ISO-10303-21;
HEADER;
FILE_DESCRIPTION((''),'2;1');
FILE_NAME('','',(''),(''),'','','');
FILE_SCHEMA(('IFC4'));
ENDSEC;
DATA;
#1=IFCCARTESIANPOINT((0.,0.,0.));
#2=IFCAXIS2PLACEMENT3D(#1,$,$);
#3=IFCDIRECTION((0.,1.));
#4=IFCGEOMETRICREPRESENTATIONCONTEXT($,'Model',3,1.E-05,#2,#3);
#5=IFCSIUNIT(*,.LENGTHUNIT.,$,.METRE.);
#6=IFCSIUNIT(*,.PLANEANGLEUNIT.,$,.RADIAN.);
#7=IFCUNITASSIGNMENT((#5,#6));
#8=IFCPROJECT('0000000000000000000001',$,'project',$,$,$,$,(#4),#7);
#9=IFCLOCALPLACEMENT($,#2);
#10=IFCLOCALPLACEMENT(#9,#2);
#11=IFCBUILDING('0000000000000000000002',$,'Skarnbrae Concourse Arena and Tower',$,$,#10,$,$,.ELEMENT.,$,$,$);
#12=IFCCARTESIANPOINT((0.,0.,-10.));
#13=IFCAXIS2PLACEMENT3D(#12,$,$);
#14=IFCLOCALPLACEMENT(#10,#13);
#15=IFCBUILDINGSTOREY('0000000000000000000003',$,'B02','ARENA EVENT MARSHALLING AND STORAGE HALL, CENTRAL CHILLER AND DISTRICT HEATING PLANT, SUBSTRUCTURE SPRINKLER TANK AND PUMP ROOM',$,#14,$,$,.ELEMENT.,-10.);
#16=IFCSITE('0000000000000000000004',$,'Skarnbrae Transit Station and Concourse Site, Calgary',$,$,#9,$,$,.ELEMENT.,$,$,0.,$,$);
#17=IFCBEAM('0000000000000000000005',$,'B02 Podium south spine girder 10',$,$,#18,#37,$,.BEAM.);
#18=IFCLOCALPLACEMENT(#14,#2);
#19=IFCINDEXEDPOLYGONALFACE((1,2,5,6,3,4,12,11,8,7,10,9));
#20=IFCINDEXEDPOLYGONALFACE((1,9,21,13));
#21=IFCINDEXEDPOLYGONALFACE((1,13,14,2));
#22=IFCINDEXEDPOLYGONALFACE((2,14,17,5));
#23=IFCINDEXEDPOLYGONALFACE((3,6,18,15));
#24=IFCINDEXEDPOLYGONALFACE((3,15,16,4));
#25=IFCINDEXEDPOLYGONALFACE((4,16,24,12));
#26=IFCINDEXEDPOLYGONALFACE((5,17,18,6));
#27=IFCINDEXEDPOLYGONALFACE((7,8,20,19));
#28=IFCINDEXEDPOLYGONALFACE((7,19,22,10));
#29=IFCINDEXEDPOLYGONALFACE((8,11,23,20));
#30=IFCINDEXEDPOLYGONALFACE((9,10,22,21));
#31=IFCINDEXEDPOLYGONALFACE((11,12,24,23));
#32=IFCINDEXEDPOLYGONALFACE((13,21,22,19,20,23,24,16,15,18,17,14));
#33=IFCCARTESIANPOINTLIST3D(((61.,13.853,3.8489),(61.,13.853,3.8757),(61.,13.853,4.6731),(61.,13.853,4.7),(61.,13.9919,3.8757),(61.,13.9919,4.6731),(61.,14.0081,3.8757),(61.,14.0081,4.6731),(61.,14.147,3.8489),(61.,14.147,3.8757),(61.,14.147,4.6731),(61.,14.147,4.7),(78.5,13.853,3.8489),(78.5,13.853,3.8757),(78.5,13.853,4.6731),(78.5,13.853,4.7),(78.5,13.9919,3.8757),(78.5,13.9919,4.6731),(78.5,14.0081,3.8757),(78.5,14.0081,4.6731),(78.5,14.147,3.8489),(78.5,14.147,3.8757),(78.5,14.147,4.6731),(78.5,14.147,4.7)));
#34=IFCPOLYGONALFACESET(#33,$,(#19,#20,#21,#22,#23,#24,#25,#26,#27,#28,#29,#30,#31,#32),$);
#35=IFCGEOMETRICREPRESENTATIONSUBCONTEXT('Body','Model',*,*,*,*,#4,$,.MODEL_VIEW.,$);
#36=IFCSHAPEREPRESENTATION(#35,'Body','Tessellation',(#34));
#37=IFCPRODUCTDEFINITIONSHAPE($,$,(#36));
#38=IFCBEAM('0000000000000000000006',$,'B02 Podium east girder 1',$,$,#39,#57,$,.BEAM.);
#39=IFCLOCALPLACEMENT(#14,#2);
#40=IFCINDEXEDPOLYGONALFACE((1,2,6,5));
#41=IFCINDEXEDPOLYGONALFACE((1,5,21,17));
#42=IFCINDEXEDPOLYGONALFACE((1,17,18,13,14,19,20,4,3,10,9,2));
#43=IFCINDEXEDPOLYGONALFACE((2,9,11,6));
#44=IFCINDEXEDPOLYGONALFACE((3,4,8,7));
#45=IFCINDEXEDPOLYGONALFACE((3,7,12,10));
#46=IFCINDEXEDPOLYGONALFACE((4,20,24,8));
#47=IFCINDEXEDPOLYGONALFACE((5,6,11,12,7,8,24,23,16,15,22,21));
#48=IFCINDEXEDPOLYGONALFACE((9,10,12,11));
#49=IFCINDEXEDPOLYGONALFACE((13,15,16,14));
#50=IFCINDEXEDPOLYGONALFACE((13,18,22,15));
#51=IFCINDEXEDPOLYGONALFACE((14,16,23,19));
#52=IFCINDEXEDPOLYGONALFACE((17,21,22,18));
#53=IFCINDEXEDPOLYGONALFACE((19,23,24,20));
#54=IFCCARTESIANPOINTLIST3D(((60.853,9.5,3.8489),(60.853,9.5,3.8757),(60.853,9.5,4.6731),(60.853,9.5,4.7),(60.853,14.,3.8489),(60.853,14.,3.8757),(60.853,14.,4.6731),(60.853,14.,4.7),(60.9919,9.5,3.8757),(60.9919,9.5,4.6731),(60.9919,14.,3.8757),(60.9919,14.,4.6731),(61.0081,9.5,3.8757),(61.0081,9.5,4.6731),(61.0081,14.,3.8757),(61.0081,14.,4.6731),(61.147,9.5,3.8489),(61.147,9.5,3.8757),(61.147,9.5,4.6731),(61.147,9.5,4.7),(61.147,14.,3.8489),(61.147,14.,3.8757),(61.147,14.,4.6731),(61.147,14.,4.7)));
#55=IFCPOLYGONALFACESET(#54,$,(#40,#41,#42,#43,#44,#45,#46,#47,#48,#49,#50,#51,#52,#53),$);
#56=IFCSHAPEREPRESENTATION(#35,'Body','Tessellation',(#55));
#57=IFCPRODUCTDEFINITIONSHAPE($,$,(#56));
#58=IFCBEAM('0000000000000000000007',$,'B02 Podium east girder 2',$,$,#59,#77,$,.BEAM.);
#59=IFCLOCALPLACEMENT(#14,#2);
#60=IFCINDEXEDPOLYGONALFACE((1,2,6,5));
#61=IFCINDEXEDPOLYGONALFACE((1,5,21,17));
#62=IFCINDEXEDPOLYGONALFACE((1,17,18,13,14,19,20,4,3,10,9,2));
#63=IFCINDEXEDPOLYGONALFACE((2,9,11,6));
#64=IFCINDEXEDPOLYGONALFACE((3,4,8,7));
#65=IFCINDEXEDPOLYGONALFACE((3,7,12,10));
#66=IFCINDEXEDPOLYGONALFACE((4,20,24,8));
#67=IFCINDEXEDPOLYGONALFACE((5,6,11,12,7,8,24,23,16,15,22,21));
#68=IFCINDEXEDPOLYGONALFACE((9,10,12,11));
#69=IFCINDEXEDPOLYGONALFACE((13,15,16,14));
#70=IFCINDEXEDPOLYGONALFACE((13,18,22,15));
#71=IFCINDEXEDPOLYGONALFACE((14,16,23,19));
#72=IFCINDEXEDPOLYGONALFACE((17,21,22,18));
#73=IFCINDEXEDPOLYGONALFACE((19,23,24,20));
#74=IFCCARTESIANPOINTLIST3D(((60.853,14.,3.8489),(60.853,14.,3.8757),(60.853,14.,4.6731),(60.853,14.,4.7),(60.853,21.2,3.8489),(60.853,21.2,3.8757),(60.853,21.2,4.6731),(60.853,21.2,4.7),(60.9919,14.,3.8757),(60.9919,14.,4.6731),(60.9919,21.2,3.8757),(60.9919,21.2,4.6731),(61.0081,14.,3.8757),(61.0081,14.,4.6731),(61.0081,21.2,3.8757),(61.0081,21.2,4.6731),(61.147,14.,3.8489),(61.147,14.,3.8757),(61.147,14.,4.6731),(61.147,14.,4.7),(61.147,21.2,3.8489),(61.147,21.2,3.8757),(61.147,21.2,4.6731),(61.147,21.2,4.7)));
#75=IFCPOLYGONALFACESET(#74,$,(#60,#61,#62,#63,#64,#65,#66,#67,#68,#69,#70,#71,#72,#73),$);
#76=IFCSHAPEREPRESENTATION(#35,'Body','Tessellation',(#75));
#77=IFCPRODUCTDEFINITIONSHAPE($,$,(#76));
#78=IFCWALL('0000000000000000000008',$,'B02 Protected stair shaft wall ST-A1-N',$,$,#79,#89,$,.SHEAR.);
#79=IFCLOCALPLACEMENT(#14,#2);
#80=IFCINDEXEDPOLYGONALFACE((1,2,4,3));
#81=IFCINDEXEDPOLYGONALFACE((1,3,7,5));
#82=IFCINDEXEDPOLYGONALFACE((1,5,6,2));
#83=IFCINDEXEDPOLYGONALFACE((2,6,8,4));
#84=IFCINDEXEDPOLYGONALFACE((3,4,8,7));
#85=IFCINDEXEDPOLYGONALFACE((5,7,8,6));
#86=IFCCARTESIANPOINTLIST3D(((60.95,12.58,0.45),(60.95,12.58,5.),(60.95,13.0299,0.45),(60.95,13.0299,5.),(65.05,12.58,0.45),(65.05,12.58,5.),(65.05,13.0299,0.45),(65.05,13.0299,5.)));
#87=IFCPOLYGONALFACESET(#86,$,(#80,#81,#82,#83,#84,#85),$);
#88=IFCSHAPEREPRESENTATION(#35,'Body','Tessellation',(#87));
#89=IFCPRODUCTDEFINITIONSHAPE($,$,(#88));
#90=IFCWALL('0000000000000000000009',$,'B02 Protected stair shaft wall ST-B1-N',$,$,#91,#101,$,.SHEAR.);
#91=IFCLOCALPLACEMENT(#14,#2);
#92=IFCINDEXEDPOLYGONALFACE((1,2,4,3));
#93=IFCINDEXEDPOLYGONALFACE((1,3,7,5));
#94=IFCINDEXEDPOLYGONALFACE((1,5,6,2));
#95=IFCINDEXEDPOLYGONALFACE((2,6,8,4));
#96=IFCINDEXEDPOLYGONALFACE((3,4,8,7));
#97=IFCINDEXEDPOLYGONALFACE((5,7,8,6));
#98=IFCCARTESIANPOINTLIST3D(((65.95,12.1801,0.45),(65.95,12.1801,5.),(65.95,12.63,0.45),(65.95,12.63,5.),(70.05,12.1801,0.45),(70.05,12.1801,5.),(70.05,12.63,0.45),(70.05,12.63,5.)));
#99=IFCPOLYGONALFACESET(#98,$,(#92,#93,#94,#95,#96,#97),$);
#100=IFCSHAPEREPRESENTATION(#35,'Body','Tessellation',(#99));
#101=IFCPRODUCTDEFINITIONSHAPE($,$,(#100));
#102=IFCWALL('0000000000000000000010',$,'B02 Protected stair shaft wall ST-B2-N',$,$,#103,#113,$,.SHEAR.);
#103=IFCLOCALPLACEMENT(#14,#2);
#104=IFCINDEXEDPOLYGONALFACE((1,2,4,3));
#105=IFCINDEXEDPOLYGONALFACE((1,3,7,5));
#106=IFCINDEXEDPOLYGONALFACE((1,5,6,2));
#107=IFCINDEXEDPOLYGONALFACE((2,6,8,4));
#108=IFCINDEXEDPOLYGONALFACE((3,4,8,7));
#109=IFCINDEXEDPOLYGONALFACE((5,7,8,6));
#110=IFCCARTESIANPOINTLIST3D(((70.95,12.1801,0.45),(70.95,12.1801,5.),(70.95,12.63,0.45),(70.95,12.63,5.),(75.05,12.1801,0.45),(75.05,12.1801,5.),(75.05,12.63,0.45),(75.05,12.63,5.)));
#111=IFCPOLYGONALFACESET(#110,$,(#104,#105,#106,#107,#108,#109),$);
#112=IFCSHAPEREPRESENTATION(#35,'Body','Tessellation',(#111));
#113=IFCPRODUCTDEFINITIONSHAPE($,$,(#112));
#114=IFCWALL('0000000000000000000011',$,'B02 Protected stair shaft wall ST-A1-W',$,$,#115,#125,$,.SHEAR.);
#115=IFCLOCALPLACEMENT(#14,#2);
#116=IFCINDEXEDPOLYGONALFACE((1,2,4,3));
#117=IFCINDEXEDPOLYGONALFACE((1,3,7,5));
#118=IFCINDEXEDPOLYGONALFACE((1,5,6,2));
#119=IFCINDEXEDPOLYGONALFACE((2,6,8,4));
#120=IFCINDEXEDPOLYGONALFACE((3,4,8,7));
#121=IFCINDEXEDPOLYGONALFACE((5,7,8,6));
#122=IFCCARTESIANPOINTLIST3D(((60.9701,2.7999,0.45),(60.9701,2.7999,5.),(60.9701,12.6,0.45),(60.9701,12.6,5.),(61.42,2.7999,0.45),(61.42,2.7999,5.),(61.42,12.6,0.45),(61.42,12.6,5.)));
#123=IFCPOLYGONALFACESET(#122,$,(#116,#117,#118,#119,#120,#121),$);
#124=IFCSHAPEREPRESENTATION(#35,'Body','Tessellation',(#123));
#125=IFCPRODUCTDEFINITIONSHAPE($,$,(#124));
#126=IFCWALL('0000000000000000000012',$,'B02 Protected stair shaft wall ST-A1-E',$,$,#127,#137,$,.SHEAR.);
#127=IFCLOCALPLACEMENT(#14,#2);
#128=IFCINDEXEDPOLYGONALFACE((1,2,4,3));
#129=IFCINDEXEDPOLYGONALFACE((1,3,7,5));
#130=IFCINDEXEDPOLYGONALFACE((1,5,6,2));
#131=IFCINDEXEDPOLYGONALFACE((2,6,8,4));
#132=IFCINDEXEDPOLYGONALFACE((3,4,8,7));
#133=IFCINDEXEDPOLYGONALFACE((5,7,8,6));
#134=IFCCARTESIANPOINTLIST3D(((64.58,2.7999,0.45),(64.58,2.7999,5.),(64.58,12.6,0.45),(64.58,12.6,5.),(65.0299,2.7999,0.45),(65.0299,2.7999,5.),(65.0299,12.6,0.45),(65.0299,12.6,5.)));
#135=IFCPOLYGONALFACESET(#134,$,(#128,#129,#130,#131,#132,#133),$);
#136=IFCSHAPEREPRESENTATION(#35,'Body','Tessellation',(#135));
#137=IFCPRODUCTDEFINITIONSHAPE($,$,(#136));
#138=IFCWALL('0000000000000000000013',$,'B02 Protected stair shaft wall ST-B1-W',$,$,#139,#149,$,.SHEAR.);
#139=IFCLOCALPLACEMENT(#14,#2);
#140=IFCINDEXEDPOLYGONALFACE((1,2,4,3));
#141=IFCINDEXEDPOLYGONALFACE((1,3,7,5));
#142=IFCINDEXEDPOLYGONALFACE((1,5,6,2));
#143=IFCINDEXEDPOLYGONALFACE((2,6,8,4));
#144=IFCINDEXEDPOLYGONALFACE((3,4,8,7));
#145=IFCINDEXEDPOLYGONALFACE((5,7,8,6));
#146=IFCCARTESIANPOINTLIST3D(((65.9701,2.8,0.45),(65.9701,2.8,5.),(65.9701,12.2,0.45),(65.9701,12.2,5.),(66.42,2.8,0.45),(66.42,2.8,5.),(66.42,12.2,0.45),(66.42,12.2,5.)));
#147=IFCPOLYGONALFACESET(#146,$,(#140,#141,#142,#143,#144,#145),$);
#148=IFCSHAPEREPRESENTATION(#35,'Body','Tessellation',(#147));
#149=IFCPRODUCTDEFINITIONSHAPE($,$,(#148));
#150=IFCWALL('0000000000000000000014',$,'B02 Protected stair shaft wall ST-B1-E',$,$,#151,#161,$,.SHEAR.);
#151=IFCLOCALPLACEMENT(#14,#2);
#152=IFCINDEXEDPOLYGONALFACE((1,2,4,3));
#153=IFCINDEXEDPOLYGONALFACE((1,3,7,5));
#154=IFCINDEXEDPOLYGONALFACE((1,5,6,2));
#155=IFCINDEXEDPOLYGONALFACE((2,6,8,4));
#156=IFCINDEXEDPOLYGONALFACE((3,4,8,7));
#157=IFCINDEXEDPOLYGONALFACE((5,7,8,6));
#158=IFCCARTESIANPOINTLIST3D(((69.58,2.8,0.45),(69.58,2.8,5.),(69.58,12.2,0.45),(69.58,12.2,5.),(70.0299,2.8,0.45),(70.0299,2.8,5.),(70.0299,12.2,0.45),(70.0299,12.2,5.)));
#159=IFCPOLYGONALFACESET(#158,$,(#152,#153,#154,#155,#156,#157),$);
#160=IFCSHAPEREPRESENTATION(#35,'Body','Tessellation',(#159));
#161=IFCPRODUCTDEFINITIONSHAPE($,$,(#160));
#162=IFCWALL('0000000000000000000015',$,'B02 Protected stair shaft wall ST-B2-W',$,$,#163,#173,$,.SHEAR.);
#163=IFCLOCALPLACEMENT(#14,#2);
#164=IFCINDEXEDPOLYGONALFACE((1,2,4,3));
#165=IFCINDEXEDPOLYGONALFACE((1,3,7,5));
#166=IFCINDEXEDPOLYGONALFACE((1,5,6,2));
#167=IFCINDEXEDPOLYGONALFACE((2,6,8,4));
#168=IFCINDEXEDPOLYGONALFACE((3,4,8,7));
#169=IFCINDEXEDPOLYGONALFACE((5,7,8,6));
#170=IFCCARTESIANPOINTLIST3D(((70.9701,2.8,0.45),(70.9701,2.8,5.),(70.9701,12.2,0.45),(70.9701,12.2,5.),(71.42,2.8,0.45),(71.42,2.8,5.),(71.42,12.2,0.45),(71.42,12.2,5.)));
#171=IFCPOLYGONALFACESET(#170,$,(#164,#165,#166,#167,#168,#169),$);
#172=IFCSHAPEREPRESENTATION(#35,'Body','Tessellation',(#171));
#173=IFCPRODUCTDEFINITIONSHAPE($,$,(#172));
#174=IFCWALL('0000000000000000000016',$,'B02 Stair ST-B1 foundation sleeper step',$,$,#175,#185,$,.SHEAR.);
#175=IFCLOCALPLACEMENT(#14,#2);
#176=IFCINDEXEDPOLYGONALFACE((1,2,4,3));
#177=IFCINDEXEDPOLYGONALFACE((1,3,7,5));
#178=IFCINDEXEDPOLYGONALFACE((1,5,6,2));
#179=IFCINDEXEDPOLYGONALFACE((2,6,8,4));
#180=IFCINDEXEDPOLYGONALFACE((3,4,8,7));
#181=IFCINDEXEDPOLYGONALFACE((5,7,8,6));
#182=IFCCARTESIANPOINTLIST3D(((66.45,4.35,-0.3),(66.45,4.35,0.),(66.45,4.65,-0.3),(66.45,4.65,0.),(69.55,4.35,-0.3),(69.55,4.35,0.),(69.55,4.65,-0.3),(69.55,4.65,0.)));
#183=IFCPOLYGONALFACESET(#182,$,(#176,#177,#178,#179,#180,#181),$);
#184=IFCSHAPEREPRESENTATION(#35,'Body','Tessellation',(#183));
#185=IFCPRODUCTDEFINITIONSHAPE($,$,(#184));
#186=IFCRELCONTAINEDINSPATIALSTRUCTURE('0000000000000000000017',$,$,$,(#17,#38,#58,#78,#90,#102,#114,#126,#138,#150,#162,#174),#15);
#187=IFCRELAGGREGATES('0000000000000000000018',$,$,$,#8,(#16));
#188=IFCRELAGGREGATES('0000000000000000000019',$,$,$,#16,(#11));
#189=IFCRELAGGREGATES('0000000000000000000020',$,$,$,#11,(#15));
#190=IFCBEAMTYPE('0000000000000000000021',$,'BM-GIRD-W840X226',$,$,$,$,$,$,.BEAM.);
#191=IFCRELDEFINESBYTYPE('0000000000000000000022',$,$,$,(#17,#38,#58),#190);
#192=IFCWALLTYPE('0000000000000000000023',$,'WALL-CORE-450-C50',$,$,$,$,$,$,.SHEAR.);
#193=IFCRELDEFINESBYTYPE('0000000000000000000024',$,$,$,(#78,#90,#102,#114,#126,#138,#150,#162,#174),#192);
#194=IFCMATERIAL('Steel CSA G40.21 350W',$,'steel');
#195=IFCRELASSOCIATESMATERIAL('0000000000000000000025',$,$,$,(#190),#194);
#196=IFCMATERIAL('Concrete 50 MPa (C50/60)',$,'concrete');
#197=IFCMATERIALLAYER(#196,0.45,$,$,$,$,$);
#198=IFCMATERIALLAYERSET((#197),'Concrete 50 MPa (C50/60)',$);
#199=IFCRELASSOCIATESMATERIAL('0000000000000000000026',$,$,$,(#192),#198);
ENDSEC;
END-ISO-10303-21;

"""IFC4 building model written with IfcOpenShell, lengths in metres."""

from ifc_helpers import new_model, si_unit, direction, frame, frame_2d, origin, origin_2d, place, context, subcontext, project, spatial, rectangle, i_section, extrude, source, transform, mapped, material, layer, layer_set, material_profile, profile_set, type_object, element, save


model = new_model("IFC4")

# Units and contexts
model_context = context("Model", 3, precision=1e-05, world=origin(), true_north=direction((0.0, 1.0)))
body_context = subcontext(model_context, "Body", "Model", "MODEL_VIEW")
ifc_project = project(units=[si_unit("LENGTHUNIT", "METRE"), si_unit("PLANEANGLEUNIT", "RADIAN")], contexts=[model_context])

# Site, building, storey
site_placement = place(None, origin())
site = spatial("IfcSite", under=ifc_project, at=site_placement, Name="Skarnbrae Transit Station and Concourse Site, Calgary", CompositionType="ELEMENT", RefElevation=0.0)
building_placement = place(site_placement, origin())
building = spatial("IfcBuilding", under=site, at=building_placement, Name="Skarnbrae Concourse Arena and Tower", CompositionType="ELEMENT")
storey_placement = place(building_placement, frame((0.0, 0.0, -10.0)))
storey = spatial("IfcBuildingStorey", under=building, at=storey_placement, Name="B02", Description="ARENA EVENT MARSHALLING AND STORAGE HALL, CENTRAL CHILLER AND DISTRICT HEATING PLANT, SUBSTRUCTURE SPRINKLER TANK AND PUMP ROOM", CompositionType="ELEMENT", Elevation=-10.0)

# Shared definitions
ifc_material_1 = material(Name="Concrete 50 MPa (C50/60)", Category="concrete")

# Shared definitions
ifc_material_2 = material(Name="Steel CSA G40.21 350W", Category="steel")

# Beams
ifc_material_profile_1 = material_profile(ifc_material_2, i_section(OverallWidth=0.2939, OverallDepth=0.8511, WebThickness=0.0161, FlangeThickness=0.0269, at=origin_2d()), Name="W840X226")
ifc_profile_set_1 = profile_set([ifc_material_profile_1], Name="Steel CSA G40.21 350W")
beam_type = type_object("IfcBeamType", Name="BM-GIRD-W840X226", PredefinedType="BEAM", material=ifc_profile_set_1)
shared_shape_1 = source(origin(), body_context, "Body", "SweptSolid", [
    extrude(i_section(OverallWidth=0.2939, OverallDepth=0.8511, WebThickness=0.0161, FlangeThickness=0.0269, at=origin_2d()), origin(), (0.0, 0.0, 1.0), 17.5),
])
beam_1_placement = place(storey_placement, frame((61.0, 14.0, 4.2744), z_axis=(1.0, 0.0, 0.0), x_axis=(0.0, 1.0, 0.0)))
element("IfcBeam", 1, at=beam_1_placement, inside=storey, type_object=beam_type, Name="B02 Podium south spine girder 10", PredefinedType="BEAM", context=body_context, shape_type="MappedRepresentation", body=[
    mapped(shared_shape_1, transform((0.0, 0.0, 0.0))),
])
shared_shape_2 = source(origin(), body_context, "Body", "SweptSolid", [
    extrude(i_section(OverallWidth=0.2939, OverallDepth=0.8511, WebThickness=0.0161, FlangeThickness=0.0269, at=origin_2d()), origin(), (0.0, 0.0, 1.0), 4.5),
])
beam_2_placement = place(storey_placement, frame((61.0, 9.5, 4.2744), z_axis=(0.0, 1.0, 0.0), x_axis=(-1.0, 0.0, 0.0)))
element("IfcBeam", 2, at=beam_2_placement, inside=storey, type_object=beam_type, Name="B02 Podium east girder 1", PredefinedType="BEAM", context=body_context, shape_type="MappedRepresentation", body=[
    mapped(shared_shape_2, transform((0.0, 0.0, 0.0))),
])
shared_shape_3 = source(origin(), body_context, "Body", "SweptSolid", [
    extrude(i_section(OverallWidth=0.2939, OverallDepth=0.8511, WebThickness=0.0161, FlangeThickness=0.0269, at=origin_2d()), origin(), (0.0, 0.0, 1.0), 7.2),
])
beam_3_placement = place(storey_placement, frame((61.0, 14.0, 4.2744), z_axis=(0.0, 1.0, 0.0), x_axis=(-1.0, 0.0, 0.0)))
element("IfcBeam", 3, at=beam_3_placement, inside=storey, type_object=beam_type, Name="B02 Podium east girder 2", PredefinedType="BEAM", context=body_context, shape_type="MappedRepresentation", body=[
    mapped(shared_shape_3, transform((0.0, 0.0, 0.0))),
])

# Wall
ifc_layer_1 = layer(ifc_material_1, 0.45)
ifc_layer_set_1 = layer_set([ifc_layer_1], Name="Concrete 50 MPa (C50/60)")
wall_type_1 = type_object("IfcWallType", Name="WALL-CORE-450-C50", PredefinedType="SHEAR", material=ifc_layer_set_1)
shared_shape_4 = source(origin(), body_context, "Body", "SweptSolid", [
    extrude(rectangle(XDim=4.1001, YDim=0.45, at=frame_2d((2.05, 0.0))), origin(), (0.0, 0.0, 1.0), 4.55),
])
wall_1_placement = place(storey_placement, frame((60.95, 12.8049, 0.45), z_axis=(0.0, 0.0, 1.0), x_axis=(1.0, 0.0, 0.0)))
element("IfcWall", 4, at=wall_1_placement, inside=storey, type_object=wall_type_1, Name="B02 Protected stair shaft wall ST-A1-N", PredefinedType="SHEAR", context=body_context, shape_type="MappedRepresentation", body=[
    mapped(shared_shape_4, transform((0.0, 0.0, 0.0))),
])

# Wall
wall_2_placement = place(storey_placement, frame((65.95, 12.405, 0.45), z_axis=(0.0, 0.0, 1.0), x_axis=(1.0, 0.0, 0.0)))
element("IfcWall", 5, at=wall_2_placement, inside=storey, type_object=wall_type_1, Name="B02 Protected stair shaft wall ST-B1-N", PredefinedType="SHEAR", context=body_context, shape_type="MappedRepresentation", body=[
    mapped(shared_shape_4, transform((0.0, 0.0, 0.0))),
])

# Walls
wall_3_placement = place(storey_placement, frame((70.95, 12.405, 0.45), z_axis=(0.0, 0.0, 1.0), x_axis=(1.0, 0.0, 0.0)))
element("IfcWall", 6, at=wall_3_placement, inside=storey, type_object=wall_type_1, Name="B02 Protected stair shaft wall ST-B2-N", PredefinedType="SHEAR", context=body_context, shape_type="MappedRepresentation", body=[
    mapped(shared_shape_4, transform((0.0, 0.0, 0.0))),
])
shared_shape_5 = source(origin(), body_context, "Body", "SweptSolid", [
    extrude(rectangle(XDim=9.8, YDim=0.45, at=frame_2d((4.8999, 0.0))), origin(), (0.0, 0.0, 1.0), 4.55),
])
for number, where, z_axis, x_axis, name in (
    (7, (61.1951, 2.8, 0.45), (0.0, 0.0, 1.0), (0.0, 1.0, 0.0), "B02 Protected stair shaft wall ST-A1-W"),
    (8, (64.8049, 2.8, 0.45), (0.0, 0.0, 1.0), (0.0, 1.0, 0.0), "B02 Protected stair shaft wall ST-A1-E"),
):
    element("IfcWall", number, at=place(storey_placement, frame(where, z_axis=z_axis, x_axis=x_axis)), inside=storey, type_object=wall_type_1, Name=name, PredefinedType="SHEAR", context=body_context, shape_type="MappedRepresentation", body=[
        mapped(shared_shape_5, transform((0.0, 0.0, 0.0))),
    ])
shared_shape_6 = source(origin(), body_context, "Body", "SweptSolid", [
    extrude(rectangle(XDim=9.3999, YDim=0.45, at=frame_2d((4.7, 0.0))), origin(), (0.0, 0.0, 1.0), 4.55),
])
for number, where, z_axis, x_axis, name in (
    (9, (66.1951, 2.8, 0.45), (0.0, 0.0, 1.0), (0.0, 1.0, 0.0), "B02 Protected stair shaft wall ST-B1-W"),
    (10, (69.8049, 2.8, 0.45), (0.0, 0.0, 1.0), (0.0, 1.0, 0.0), "B02 Protected stair shaft wall ST-B1-E"),
    (11, (71.1951, 2.8, 0.45), (0.0, 0.0, 1.0), (0.0, 1.0, 0.0), "B02 Protected stair shaft wall ST-B2-W"),
):
    element("IfcWall", number, at=place(storey_placement, frame(where, z_axis=z_axis, x_axis=x_axis)), inside=storey, type_object=wall_type_1, Name=name, PredefinedType="SHEAR", context=body_context, shape_type="MappedRepresentation", body=[
        mapped(shared_shape_6, transform((0.0, 0.0, 0.0))),
    ])
shared_shape_7 = source(origin(), body_context, "Body", "SweptSolid", [
    extrude(rectangle(XDim=3.1001, YDim=0.3, at=frame_2d((1.55, 0.0))), origin(), (0.0, 0.0, 1.0), 0.3),
])
wall_4_placement = place(storey_placement, frame((69.55, 4.5, -0.3), z_axis=(0.0, 0.0, 1.0), x_axis=(-1.0, 0.0, 0.0)))
element("IfcWall", 12, at=wall_4_placement, inside=storey, type_object=wall_type_1, Name="B02 Stair ST-B1 foundation sleeper step", PredefinedType="SHEAR", context=body_context, shape_type="MappedRepresentation", body=[
    mapped(shared_shape_7, transform((0.0, 0.0, 0.0))),
])

save(model, "model.ifc")
